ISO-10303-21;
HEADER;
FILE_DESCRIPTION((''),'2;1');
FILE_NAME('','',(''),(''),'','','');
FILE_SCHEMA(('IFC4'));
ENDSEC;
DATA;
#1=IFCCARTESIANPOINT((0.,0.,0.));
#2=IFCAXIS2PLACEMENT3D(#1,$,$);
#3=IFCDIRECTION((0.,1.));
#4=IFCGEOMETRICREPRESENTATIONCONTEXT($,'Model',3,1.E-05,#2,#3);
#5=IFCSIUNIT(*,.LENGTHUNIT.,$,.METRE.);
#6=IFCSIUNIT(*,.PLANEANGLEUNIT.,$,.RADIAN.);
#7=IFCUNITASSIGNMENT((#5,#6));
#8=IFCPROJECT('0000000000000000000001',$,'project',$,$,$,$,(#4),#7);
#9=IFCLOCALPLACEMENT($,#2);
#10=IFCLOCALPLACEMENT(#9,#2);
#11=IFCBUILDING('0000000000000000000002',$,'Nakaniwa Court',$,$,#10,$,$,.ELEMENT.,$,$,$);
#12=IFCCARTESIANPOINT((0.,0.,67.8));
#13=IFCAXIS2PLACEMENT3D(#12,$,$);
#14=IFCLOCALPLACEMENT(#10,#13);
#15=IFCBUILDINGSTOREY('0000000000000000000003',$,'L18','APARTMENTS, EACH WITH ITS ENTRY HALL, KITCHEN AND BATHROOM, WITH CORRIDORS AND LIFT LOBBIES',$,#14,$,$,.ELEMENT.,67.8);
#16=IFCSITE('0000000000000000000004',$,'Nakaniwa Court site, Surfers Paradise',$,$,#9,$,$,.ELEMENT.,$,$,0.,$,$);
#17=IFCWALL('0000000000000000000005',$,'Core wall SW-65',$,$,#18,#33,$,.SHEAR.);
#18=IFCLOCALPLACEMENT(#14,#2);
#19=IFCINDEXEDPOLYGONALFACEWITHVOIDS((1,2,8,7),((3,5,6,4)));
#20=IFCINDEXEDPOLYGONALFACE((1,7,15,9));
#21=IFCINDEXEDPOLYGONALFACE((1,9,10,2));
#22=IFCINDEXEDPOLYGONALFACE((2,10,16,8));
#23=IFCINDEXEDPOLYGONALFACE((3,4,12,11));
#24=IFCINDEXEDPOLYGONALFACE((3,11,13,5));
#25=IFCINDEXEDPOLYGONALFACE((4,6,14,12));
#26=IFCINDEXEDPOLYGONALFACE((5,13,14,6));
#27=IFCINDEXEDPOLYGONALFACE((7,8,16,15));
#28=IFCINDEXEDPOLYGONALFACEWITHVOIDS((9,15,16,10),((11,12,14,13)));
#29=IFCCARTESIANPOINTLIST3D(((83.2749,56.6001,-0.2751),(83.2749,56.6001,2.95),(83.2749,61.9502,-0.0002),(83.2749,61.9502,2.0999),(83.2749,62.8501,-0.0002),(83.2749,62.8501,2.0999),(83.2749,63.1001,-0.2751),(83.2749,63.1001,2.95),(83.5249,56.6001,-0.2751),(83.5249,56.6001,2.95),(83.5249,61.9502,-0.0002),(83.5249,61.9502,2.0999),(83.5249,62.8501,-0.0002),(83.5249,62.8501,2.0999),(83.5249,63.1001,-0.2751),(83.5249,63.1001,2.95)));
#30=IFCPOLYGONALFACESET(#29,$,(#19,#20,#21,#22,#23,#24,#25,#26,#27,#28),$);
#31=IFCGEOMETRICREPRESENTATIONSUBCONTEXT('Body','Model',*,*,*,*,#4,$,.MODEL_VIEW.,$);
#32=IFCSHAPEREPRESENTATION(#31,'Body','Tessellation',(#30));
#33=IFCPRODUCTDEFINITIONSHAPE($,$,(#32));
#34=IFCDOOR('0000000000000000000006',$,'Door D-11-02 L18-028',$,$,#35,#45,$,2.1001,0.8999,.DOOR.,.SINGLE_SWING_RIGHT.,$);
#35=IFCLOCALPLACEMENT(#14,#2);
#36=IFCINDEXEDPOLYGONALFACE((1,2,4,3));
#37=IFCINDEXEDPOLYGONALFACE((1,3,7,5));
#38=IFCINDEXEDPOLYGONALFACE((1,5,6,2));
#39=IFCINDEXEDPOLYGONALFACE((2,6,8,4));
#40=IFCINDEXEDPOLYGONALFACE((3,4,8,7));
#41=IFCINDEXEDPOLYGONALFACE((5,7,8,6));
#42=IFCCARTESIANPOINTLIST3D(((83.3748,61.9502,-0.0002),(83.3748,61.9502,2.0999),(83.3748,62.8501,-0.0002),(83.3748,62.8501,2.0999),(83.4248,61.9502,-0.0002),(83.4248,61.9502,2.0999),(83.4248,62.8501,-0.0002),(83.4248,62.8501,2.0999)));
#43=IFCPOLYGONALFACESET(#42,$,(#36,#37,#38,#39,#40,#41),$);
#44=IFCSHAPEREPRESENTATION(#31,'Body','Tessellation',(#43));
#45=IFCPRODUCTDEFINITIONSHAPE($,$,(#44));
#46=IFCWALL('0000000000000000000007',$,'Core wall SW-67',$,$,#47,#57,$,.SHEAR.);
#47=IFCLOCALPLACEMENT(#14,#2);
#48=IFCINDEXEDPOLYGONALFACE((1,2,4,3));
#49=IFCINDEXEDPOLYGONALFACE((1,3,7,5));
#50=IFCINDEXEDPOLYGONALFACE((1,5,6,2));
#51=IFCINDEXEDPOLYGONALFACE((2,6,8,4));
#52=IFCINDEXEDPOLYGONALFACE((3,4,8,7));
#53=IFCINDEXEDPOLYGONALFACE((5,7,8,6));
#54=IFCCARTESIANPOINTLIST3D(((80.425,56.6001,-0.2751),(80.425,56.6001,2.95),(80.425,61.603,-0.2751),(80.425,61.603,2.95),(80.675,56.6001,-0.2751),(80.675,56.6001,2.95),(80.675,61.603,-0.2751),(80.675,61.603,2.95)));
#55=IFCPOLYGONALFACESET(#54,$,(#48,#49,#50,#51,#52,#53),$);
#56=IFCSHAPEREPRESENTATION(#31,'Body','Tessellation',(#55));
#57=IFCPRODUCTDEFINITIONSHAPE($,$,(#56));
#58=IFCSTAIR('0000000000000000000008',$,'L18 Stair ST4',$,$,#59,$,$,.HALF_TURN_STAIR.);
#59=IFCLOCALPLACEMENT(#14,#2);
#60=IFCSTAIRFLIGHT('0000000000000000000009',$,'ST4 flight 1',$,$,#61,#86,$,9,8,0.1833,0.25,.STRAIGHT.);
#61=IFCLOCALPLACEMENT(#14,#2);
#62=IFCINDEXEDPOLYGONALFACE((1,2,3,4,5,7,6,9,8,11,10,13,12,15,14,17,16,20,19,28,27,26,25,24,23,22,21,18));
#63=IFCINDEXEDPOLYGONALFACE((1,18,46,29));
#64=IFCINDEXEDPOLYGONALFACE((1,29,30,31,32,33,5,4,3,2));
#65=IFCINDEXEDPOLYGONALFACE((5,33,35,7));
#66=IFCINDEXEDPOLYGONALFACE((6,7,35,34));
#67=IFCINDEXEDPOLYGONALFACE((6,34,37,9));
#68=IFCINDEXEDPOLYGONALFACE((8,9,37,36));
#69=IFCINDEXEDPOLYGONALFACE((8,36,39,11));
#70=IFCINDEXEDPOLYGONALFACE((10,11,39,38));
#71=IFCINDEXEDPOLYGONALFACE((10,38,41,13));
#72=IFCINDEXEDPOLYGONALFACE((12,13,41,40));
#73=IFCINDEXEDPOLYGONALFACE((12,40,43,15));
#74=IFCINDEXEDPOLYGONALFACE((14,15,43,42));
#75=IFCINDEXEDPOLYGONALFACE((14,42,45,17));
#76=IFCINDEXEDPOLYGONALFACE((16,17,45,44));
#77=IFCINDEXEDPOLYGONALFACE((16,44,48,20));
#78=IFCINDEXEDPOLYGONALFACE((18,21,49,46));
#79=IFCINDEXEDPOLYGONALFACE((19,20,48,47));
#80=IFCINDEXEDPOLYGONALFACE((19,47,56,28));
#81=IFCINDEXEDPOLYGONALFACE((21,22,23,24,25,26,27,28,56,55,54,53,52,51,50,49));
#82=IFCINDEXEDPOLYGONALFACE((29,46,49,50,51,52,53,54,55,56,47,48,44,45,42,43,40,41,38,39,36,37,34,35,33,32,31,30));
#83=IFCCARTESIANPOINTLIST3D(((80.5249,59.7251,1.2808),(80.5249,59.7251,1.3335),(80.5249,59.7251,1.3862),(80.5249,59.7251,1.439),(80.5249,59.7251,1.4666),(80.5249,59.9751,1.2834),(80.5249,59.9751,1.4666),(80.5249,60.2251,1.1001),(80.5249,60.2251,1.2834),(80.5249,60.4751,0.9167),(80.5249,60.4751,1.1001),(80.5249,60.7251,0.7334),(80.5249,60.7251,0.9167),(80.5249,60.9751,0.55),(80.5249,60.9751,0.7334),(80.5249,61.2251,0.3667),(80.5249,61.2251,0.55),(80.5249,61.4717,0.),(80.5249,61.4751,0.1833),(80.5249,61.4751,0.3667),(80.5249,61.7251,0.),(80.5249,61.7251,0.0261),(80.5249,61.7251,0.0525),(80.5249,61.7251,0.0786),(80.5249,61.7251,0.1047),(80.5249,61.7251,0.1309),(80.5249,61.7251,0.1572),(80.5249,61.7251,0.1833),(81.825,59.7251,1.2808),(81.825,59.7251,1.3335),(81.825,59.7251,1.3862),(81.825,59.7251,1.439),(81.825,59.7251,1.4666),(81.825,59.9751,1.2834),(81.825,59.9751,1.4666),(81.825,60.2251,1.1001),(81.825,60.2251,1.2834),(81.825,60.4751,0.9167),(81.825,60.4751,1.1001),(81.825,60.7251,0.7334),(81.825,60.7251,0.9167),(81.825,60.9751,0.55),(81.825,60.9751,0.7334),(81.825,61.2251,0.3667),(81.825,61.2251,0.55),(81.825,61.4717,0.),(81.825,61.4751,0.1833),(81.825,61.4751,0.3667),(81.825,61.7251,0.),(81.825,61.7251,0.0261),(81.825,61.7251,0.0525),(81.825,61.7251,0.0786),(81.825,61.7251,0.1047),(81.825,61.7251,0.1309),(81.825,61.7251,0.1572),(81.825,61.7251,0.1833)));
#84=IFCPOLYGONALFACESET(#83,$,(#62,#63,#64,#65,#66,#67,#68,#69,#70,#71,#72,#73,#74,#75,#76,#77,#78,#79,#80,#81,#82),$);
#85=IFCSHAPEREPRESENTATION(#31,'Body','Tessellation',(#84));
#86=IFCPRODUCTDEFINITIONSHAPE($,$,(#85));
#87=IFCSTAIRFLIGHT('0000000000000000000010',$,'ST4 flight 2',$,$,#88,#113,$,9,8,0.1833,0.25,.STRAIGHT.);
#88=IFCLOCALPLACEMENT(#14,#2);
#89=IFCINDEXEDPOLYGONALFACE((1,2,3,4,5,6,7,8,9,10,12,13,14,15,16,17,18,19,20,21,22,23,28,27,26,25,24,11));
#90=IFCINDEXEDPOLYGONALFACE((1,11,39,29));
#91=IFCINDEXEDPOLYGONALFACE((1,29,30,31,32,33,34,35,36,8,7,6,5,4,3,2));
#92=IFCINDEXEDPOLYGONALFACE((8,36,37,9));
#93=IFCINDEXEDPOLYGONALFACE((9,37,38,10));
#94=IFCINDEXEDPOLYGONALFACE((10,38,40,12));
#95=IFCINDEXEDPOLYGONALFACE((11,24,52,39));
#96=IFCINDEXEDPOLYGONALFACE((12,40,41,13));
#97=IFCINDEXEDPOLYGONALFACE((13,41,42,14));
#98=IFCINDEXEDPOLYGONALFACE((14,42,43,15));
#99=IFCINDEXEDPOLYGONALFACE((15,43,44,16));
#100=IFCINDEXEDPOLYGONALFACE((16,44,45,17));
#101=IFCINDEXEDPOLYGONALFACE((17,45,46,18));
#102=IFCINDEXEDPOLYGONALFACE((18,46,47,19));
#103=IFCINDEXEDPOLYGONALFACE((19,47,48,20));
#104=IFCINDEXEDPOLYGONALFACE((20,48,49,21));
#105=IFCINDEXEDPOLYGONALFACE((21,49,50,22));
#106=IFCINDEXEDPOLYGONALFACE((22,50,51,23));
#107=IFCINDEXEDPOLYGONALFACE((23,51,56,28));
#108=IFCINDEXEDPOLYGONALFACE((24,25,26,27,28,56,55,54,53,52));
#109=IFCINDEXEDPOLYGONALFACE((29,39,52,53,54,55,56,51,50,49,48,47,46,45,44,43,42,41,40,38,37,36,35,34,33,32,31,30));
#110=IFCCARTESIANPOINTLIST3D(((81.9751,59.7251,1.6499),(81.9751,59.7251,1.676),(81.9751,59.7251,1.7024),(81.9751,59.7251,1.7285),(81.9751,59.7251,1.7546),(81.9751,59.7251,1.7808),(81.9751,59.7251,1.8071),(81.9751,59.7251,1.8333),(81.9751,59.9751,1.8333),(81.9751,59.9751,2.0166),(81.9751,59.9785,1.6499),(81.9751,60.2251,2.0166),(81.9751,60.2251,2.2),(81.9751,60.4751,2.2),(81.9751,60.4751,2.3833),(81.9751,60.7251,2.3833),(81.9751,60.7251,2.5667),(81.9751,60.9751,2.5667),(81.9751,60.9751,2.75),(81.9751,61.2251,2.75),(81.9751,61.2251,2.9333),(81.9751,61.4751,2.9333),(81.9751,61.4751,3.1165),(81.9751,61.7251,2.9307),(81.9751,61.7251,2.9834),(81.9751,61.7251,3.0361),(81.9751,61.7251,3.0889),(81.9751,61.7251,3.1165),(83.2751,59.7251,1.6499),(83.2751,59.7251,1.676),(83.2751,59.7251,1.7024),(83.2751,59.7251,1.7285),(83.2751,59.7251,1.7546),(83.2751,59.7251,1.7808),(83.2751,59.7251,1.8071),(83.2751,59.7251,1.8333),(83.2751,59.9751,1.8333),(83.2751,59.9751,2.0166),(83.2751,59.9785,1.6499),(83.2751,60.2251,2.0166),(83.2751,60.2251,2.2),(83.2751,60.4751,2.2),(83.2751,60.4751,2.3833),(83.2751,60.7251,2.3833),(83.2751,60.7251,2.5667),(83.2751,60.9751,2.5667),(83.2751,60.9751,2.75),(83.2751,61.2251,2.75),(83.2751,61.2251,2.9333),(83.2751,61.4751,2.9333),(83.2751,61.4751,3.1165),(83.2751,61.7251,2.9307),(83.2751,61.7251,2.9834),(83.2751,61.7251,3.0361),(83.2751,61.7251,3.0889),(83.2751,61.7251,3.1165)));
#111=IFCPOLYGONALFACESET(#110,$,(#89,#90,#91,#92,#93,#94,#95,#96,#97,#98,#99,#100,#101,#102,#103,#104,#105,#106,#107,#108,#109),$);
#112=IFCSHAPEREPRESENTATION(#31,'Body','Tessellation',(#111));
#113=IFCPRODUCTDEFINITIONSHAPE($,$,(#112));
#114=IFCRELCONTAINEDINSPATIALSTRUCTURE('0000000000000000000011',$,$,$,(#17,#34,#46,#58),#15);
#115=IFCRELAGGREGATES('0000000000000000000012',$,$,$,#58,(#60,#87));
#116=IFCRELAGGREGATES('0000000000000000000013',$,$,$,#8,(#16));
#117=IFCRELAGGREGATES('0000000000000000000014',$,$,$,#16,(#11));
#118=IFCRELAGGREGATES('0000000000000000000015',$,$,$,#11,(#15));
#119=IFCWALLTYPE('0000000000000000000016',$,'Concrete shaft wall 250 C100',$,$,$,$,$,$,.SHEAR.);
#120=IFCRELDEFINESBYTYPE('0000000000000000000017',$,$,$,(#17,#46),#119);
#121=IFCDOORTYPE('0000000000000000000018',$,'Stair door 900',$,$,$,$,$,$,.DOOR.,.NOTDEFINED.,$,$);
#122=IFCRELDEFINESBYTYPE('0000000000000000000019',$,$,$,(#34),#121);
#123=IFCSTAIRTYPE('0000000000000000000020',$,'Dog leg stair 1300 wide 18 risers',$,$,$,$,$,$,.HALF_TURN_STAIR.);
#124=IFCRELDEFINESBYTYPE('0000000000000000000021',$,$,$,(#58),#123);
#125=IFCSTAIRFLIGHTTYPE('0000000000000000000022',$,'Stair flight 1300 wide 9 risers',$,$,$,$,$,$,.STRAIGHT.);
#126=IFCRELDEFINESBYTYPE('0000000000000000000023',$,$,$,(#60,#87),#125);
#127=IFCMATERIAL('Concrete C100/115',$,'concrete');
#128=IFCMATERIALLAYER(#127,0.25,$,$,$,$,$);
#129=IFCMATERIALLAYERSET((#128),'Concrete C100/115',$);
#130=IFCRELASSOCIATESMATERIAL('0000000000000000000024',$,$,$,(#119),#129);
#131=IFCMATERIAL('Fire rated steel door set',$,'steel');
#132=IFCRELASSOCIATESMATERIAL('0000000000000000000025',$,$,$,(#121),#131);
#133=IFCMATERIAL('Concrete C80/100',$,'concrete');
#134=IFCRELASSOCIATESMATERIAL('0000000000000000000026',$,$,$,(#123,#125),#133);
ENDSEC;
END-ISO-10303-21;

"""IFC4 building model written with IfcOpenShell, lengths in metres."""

from ifc_helpers import new_model, si_unit, direction, frame, frame_2d, origin, place, context, subcontext, project, spatial, polyline, rectangle, outline, extrude, material, layer, layer_set, type_object, element, fill, aggregate, save


model = new_model("IFC4")

# Units and contexts
model_context = context("Model", 3, precision=1e-05, world=origin(), true_north=direction((0.0, 1.0)))
body_context = subcontext(model_context, "Body", "Model", "MODEL_VIEW")
ifc_project = project(units=[si_unit("LENGTHUNIT", "METRE"), si_unit("PLANEANGLEUNIT", "RADIAN")], contexts=[model_context])

# Site, building, storey
site_placement = place(None, origin())
site = spatial("IfcSite", under=ifc_project, at=site_placement, Name="Nakaniwa Court site, Surfers Paradise", CompositionType="ELEMENT", RefElevation=0.0)
building_placement = place(site_placement, origin())
building = spatial("IfcBuilding", under=site, at=building_placement, Name="Nakaniwa Court", CompositionType="ELEMENT")
storey_placement = place(building_placement, frame((0.0, 0.0, 67.8)))
storey = spatial("IfcBuildingStorey", under=building, at=storey_placement, Name="L18", Description="APARTMENTS, EACH WITH ITS ENTRY HALL, KITCHEN AND BATHROOM, WITH CORRIDORS AND LIFT LOBBIES", CompositionType="ELEMENT", Elevation=67.8)

# Shared definitions
ifc_material_1 = material(Name="Concrete C80/100", Category="concrete")

# Shared definitions
ifc_material_2 = material(Name="Fire rated steel door set", Category="steel")

# Shared definitions
ifc_material_3 = material(Name="Concrete C100/115", Category="concrete")
ifc_layer_1 = layer(ifc_material_3, 0.25)
ifc_layer_set_1 = layer_set([ifc_layer_1], Name="Concrete C100/115")
wall_type_1 = type_object("IfcWallType", Name="Concrete shaft wall 250 C100", PredefinedType="SHEAR", material=ifc_layer_set_1)

# Wall, opening, door
wall_1_placement = place(storey_placement, frame((83.3999, 63.1001, -0.2751), z_axis=(0.0, 0.0, 1.0), x_axis=(0.0, -1.0, 0.0)))
wall_1 = element("IfcWall", 1, at=wall_1_placement, inside=storey, type_object=wall_type_1, Name="Core wall SW-65", PredefinedType="SHEAR", context=body_context, shape_type="SweptSolid", body=[
    extrude(rectangle(XDim=6.5, YDim=0.25, at=frame_2d((3.25, 0.0))), origin(), (0.0, 0.0, 1.0), 3.2251),
])
opening_1_placement = place(wall_1_placement, frame((0.25, 0.0, 0.2749)))
opening_1 = element("IfcOpeningElement", 2, at=opening_1_placement, cuts=wall_1, PredefinedType="OPENING", context=body_context, shape_type="SweptSolid", body=[
    extrude(rectangle(XDim=0.8999, YDim=2.1001, at=frame_2d((0.45, 1.05))), frame((0.0, 0.135, 0.0), z_axis=(0.0, -1.0, 0.0), x_axis=(1.0, 0.0, 0.0)), (0.0, 0.0, 1.0), 0.27),
])
door_type_1 = type_object("IfcDoorType", Name="Stair door 900", OperationType="NOTDEFINED", PredefinedType="DOOR", material=ifc_material_2)
door_1_placement = place(opening_1_placement, origin())
door_1 = element("IfcDoor", 3, at=door_1_placement, inside=storey, type_object=door_type_1, Name="Door D-11-02 L18-028", OperationType="SINGLE_SWING_RIGHT", OverallHeight=2.1001, OverallWidth=0.8999, PredefinedType="DOOR", context=body_context, shape_type="SweptSolid", body=[
    extrude(rectangle(XDim=0.8999, YDim=2.1001, at=frame_2d((0.45, 1.05))), frame((0.0, 0.0249, 0.0), z_axis=(0.0, -1.0, 0.0), x_axis=(1.0, 0.0, 0.0)), (0.0, 0.0, 1.0), 0.05),
])
fill(opening_1, door_1)

# Wall
wall_2_placement = place(storey_placement, frame((80.55, 56.6001, -0.2751), z_axis=(0.0, 0.0, 1.0), x_axis=(0.0, 1.0, 0.0)))
element("IfcWall", 4, at=wall_2_placement, inside=storey, type_object=wall_type_1, Name="Core wall SW-67", PredefinedType="SHEAR", context=body_context, shape_type="SweptSolid", body=[
    extrude(rectangle(XDim=5.0029, YDim=0.25, at=frame_2d((2.5015, 0.0))), origin(), (0.0, 0.0, 1.0), 3.2251),
])

# Stair, stair flights
stair_type = type_object("IfcStairType", Name="Dog leg stair 1300 wide 18 risers", PredefinedType="HALF_TURN_STAIR", material=ifc_material_1)
stair_placement = place(storey_placement, origin())
stair = element("IfcStair", 5, at=stair_placement, inside=storey, type_object=stair_type, Name="L18 Stair ST4", PredefinedType="HALF_TURN_STAIR")
stair_flight_type = type_object("IfcStairFlightType", Name="Stair flight 1300 wide 9 risers", PredefinedType="STRAIGHT", material=ifc_material_1)
stair_flight_1_placement = place(storey_placement, frame((81.175, 61.7251, 0.0), z_axis=(0.0, 0.0, 1.0), x_axis=(0.0, -1.0, 0.0)))
stair_flight_1 = element("IfcStairFlight", 6, at=stair_flight_1_placement, type_object=stair_flight_type, Name="ST4 flight 1", NumberOfRisers=9, NumberOfTreads=8, PredefinedType="STRAIGHT", RiserHeight=0.1833, TreadLength=0.25, context=body_context, shape_type="SweptSolid", body=[
    extrude(outline(polyline([(0.0, 0.0), (0.0, 0.0261), (0.0, 0.0525), (0.0, 0.0786), (0.0, 0.1047), (0.0, 0.1309), (0.0, 0.1572), (0.0, 0.1833), (0.25, 0.1833), (0.25, 0.3667), (0.5, 0.3667), (0.5, 0.55), (0.75, 0.55), (0.75, 0.7334), (1.0, 0.7334), (1.0, 0.9167), (1.25, 0.9167), (1.25, 1.1001), (1.5, 1.1001), (1.5, 1.2834), (1.75, 1.2834), (1.75, 1.4666), (2.0, 1.4666), (2.0, 1.6499), (2.0, 1.5972), (2.0, 1.5444), (2.0, 1.4917), (2.0, 1.439), (2.0, 1.3862), (2.0, 1.3335), (2.0, 1.2808), (0.2534, 0.0), (0.0, 0.0)])), frame((0.0, 0.6499, 0.0), z_axis=(0.0, -1.0, 0.0), x_axis=(1.0, 0.0, 0.0)), (0.0, 0.0, 1.0), 1.3),
])
stair_flight_2_placement = place(storey_placement, frame((82.625, 59.7251, 1.6499), z_axis=(0.0, 0.0, 1.0), x_axis=(0.0, 1.0, 0.0)))
stair_flight_2 = element("IfcStairFlight", 7, at=stair_flight_2_placement, type_object=stair_flight_type, Name="ST4 flight 2", NumberOfRisers=9, NumberOfTreads=8, PredefinedType="STRAIGHT", RiserHeight=0.1833, TreadLength=0.25, context=body_context, shape_type="SweptSolid", body=[
    extrude(outline(polyline([(0.0, 0.0), (0.0, 0.0261), (0.0, 0.0525), (0.0, 0.0786), (0.0, 0.1047), (0.0, 0.1309), (0.0, 0.1572), (0.0, 0.1833), (0.25, 0.1833), (0.25, 0.3667), (0.5, 0.3667), (0.5, 0.55), (0.75, 0.55), (0.75, 0.7334), (1.0, 0.7334), (1.0, 0.9167), (1.25, 0.9167), (1.25, 1.1001), (1.5, 1.1001), (1.5, 1.2834), (1.75, 1.2834), (1.75, 1.4666), (2.0, 1.4666), (2.0, 1.6499), (2.0, 1.5972), (2.0, 1.5444), (2.0, 1.4917), (2.0, 1.439), (2.0, 1.3862), (2.0, 1.3335), (2.0, 1.2808), (0.2534, 0.0), (0.0, 0.0)])), frame((0.0, 0.6499, 0.0), z_axis=(0.0, -1.0, 0.0), x_axis=(1.0, 0.0, 0.0)), (0.0, 0.0, 1.0), 1.3),
])
aggregate(stair, [stair_flight_1, stair_flight_2])

save(model, "model.ifc")
